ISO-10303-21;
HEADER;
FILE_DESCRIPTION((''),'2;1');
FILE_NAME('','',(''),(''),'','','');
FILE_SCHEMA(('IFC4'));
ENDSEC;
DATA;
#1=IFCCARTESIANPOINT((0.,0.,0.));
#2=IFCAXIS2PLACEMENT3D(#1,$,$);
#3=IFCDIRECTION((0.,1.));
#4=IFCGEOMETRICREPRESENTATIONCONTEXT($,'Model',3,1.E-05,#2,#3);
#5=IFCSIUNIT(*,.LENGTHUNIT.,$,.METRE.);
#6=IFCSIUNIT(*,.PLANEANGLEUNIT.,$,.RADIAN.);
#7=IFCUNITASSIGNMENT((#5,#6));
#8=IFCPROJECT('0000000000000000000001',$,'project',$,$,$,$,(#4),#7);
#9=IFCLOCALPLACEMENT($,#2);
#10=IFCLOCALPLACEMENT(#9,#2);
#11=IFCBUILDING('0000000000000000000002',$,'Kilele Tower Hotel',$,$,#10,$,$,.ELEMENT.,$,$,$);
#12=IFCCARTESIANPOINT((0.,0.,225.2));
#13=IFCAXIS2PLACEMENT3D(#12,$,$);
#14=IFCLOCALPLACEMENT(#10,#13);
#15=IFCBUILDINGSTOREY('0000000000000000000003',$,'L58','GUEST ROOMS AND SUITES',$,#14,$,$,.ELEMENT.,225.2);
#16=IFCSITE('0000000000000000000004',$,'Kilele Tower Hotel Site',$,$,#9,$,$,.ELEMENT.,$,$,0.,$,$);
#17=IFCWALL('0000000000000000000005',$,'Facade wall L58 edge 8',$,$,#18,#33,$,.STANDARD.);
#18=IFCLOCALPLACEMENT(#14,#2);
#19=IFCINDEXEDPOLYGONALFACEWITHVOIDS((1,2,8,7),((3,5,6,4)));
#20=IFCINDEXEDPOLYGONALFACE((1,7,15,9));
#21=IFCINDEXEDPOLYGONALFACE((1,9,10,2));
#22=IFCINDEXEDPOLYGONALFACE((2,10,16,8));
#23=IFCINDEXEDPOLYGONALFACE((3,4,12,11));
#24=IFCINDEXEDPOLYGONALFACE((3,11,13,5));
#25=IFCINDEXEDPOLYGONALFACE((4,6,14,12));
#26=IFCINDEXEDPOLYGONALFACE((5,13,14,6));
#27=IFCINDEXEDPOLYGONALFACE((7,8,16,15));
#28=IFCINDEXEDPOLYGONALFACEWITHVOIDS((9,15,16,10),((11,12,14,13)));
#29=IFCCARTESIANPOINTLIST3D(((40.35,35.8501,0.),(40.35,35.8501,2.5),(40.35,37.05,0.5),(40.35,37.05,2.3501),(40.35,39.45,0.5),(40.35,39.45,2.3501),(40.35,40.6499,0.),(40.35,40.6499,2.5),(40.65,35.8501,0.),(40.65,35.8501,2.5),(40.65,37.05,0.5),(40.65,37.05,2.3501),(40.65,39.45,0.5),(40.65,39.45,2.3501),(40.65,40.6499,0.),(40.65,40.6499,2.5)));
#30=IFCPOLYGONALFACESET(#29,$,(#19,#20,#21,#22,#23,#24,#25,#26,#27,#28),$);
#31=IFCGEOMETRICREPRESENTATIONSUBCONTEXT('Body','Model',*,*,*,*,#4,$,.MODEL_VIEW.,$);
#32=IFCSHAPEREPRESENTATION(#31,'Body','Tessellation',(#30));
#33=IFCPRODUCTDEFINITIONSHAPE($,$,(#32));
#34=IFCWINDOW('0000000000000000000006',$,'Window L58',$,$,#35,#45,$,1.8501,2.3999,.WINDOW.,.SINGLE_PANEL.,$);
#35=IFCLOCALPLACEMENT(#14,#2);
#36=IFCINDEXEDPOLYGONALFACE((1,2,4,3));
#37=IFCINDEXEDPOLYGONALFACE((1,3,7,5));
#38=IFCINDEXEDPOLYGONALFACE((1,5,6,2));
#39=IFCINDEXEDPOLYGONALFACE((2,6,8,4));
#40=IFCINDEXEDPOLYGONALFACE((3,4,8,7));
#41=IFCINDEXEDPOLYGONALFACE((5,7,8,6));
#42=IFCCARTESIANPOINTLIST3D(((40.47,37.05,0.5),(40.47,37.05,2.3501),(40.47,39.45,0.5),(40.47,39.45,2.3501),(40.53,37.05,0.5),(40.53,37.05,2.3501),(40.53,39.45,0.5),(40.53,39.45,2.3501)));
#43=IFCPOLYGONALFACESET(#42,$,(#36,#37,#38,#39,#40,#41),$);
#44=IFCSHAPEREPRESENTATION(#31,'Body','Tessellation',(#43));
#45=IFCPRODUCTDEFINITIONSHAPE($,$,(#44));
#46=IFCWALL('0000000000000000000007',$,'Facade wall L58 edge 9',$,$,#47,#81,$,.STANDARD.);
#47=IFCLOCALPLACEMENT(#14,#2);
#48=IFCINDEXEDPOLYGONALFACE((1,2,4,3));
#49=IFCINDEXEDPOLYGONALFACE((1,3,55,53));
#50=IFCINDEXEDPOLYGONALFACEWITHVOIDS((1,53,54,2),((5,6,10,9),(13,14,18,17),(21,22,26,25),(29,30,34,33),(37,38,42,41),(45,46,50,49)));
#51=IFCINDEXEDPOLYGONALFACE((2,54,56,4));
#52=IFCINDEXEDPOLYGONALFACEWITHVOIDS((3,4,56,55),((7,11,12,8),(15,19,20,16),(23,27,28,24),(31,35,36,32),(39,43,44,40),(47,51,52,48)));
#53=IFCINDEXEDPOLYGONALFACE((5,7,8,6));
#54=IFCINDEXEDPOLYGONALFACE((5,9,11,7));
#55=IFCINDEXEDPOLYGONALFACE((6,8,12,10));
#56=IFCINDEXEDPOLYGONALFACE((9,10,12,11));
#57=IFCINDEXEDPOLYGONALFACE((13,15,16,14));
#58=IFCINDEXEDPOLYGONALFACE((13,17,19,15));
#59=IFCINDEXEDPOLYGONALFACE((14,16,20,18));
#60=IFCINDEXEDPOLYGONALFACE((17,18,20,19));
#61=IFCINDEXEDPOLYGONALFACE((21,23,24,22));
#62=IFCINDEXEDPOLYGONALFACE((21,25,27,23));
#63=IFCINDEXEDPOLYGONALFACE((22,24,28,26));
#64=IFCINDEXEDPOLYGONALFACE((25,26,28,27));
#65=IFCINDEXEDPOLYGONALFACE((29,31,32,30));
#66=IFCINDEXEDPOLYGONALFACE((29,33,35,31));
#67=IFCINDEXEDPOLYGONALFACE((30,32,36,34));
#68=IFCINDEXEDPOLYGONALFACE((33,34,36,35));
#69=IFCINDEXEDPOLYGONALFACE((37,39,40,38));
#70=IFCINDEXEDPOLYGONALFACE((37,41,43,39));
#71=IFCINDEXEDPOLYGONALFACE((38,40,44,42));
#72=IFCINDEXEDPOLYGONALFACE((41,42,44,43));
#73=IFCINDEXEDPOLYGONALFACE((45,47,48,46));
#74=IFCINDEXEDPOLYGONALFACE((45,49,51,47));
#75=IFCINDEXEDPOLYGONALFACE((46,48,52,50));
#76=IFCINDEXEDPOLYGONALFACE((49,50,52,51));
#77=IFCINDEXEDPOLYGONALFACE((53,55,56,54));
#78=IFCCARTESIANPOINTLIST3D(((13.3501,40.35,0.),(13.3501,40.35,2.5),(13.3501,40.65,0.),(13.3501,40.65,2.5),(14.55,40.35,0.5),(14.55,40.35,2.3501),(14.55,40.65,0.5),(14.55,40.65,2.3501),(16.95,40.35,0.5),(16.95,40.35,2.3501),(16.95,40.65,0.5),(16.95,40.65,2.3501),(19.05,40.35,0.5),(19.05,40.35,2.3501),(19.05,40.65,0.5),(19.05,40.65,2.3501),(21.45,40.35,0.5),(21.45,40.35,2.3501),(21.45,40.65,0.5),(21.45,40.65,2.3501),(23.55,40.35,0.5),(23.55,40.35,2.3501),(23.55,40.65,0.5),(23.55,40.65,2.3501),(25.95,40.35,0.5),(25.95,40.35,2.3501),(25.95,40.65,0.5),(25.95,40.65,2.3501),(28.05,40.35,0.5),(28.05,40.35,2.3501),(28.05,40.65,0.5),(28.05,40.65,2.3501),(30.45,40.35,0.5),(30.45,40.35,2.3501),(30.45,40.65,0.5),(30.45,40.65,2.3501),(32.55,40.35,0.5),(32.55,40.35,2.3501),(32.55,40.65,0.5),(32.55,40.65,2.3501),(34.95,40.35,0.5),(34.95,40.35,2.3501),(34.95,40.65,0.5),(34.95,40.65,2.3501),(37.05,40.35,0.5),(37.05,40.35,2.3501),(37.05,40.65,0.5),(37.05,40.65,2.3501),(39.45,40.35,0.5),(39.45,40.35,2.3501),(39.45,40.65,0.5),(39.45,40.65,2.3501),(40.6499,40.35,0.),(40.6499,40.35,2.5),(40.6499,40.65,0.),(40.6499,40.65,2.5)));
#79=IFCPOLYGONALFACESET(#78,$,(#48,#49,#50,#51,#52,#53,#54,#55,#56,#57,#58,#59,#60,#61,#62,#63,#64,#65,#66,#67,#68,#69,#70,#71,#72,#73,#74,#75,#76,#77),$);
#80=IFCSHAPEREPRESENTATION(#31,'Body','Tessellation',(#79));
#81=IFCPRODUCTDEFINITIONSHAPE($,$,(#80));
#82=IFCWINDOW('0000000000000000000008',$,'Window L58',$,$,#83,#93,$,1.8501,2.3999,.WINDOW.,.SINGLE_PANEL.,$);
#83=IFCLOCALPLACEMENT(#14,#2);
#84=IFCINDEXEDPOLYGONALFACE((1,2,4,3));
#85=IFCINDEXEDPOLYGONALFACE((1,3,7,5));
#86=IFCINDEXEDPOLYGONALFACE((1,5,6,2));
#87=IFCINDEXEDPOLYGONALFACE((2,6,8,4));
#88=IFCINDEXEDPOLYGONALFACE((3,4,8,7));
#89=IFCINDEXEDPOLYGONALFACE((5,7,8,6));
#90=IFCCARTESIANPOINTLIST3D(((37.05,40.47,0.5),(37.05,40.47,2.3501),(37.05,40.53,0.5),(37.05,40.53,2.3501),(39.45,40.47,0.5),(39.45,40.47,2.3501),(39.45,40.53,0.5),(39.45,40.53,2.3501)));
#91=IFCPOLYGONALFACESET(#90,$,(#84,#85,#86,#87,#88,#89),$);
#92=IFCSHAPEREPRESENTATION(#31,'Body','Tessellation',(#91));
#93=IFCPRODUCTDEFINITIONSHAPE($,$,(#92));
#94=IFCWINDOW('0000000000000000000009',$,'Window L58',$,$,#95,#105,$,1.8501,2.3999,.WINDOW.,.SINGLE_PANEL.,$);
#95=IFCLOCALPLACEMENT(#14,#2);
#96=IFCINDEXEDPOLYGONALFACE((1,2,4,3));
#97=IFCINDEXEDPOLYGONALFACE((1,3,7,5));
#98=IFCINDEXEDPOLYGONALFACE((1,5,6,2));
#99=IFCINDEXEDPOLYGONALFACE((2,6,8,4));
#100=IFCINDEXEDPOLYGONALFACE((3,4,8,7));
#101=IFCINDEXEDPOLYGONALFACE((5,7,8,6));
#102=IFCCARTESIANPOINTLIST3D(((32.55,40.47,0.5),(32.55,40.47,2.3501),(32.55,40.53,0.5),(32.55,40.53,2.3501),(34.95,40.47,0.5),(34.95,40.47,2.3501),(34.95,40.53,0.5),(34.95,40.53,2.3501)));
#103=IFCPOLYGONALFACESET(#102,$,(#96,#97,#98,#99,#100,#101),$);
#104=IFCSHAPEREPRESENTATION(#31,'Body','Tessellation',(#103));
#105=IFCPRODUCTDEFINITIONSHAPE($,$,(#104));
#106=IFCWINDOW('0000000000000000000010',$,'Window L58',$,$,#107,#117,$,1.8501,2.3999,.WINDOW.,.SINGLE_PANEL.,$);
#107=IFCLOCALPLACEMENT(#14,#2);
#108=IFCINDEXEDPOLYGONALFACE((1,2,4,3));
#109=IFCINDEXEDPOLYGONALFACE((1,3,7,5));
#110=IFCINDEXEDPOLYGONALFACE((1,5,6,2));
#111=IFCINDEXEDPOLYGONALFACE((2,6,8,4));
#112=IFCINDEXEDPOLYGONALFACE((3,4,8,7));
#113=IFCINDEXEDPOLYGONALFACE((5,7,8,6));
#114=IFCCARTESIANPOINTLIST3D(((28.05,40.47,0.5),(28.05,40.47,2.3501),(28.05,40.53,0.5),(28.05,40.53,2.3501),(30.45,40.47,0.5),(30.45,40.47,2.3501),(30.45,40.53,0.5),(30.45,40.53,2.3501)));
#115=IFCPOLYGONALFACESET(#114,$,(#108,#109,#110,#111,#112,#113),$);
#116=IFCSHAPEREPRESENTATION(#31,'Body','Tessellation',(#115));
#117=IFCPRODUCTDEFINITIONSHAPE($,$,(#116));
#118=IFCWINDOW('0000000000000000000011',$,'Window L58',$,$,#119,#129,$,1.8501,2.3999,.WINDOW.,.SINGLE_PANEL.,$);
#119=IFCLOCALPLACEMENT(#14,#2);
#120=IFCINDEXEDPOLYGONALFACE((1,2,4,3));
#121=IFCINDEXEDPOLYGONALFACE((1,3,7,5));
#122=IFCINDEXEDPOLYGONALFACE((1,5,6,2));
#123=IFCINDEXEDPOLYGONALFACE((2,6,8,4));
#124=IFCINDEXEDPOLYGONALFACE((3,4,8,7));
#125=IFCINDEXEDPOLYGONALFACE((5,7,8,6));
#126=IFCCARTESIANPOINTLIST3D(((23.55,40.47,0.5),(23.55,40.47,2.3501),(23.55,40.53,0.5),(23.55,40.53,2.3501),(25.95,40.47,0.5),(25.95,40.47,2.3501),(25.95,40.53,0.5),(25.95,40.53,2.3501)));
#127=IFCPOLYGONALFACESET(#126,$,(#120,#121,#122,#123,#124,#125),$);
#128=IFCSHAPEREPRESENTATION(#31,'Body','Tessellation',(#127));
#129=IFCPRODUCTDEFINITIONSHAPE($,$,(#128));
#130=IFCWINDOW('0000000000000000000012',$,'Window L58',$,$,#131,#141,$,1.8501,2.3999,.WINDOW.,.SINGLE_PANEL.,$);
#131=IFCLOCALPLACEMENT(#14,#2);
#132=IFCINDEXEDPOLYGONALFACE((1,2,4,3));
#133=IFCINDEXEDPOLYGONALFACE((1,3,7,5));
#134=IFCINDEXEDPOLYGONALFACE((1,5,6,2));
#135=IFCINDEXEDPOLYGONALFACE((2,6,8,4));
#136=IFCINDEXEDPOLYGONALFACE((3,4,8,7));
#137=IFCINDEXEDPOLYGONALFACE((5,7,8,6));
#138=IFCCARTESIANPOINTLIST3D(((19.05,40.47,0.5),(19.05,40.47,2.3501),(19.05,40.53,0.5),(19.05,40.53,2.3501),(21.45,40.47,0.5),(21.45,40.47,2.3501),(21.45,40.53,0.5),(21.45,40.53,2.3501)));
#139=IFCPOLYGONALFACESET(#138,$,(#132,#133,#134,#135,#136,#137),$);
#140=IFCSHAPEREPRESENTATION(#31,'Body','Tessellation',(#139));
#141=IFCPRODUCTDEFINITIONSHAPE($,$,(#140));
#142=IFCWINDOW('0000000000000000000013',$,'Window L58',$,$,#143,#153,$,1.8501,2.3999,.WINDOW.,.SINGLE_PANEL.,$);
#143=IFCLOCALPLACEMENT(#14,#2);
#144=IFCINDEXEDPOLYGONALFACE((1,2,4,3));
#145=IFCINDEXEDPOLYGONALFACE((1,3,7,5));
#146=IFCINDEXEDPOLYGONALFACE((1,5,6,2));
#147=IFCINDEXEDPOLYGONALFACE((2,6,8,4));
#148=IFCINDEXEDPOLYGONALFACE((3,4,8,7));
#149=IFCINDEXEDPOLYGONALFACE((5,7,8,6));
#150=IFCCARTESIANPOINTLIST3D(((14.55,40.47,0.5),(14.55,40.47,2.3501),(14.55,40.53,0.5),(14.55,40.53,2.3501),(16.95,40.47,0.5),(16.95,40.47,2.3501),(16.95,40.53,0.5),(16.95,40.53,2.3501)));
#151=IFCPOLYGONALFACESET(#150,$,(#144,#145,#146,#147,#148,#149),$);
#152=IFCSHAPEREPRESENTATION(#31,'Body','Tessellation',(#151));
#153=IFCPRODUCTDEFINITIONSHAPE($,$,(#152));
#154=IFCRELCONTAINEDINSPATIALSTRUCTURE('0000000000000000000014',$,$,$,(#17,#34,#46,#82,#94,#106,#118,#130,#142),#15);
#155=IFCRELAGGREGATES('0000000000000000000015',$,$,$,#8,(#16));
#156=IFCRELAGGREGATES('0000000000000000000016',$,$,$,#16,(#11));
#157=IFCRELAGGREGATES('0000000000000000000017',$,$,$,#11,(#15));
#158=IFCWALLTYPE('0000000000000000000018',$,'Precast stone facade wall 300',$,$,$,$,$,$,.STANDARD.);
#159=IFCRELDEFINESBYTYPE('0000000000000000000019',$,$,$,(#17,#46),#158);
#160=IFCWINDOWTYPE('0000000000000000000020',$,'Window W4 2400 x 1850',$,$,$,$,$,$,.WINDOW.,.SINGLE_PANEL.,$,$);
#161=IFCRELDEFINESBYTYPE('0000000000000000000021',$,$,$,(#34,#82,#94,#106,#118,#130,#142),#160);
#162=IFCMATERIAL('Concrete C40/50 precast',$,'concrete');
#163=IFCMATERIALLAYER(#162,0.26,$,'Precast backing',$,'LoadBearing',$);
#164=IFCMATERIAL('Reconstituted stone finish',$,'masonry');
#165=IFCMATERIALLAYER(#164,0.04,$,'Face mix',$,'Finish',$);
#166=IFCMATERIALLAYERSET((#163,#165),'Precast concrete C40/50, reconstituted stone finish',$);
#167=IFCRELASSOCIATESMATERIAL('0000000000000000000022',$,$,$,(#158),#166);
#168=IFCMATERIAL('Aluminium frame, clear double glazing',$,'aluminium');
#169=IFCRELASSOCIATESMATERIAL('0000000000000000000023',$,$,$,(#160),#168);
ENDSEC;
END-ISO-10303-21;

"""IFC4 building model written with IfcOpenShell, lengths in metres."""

from ifc_helpers import new_model, si_unit, direction, frame, frame_2d, origin, place, context, subcontext, project, spatial, rectangle, extrude, material, layer, layer_set, type_object, element, fill, save


model = new_model("IFC4")

# Units and contexts
model_context = context("Model", 3, precision=1e-05, world=origin(), true_north=direction((0.0, 1.0)))
body_context = subcontext(model_context, "Body", "Model", "MODEL_VIEW")
ifc_project = project(units=[si_unit("LENGTHUNIT", "METRE"), si_unit("PLANEANGLEUNIT", "RADIAN")], contexts=[model_context])

# Site, building, storey
site_placement = place(None, origin())
site = spatial("IfcSite", under=ifc_project, at=site_placement, Name="Kilele Tower Hotel Site", CompositionType="ELEMENT", RefElevation=0.0)
building_placement = place(site_placement, origin())
building = spatial("IfcBuilding", under=site, at=building_placement, Name="Kilele Tower Hotel", CompositionType="ELEMENT")
storey_placement = place(building_placement, frame((0.0, 0.0, 225.2)))
storey = spatial("IfcBuildingStorey", under=building, at=storey_placement, Name="L58", Description="GUEST ROOMS AND SUITES", CompositionType="ELEMENT", Elevation=225.2)

# Wall, opening, window
ifc_material_1 = material(Name="Concrete C40/50 precast", Category="concrete")
ifc_layer_1 = layer(ifc_material_1, 0.26, Name="Precast backing", Category="LoadBearing")
ifc_material_2 = material(Name="Reconstituted stone finish", Category="masonry")
ifc_layer_2 = layer(ifc_material_2, 0.04, Name="Face mix", Category="Finish")
ifc_layer_set_1 = layer_set([ifc_layer_1, ifc_layer_2], Name="Precast concrete C40/50, reconstituted stone finish")
wall_type_1 = type_object("IfcWallType", Name="Precast stone facade wall 300", PredefinedType="STANDARD", material=ifc_layer_set_1)
ifc_material_3 = material(Name="Aluminium frame, clear double glazing", Category="aluminium")
window_type = type_object("IfcWindowType", Name="Window W4 2400 x 1850", PartitioningType="SINGLE_PANEL", PredefinedType="WINDOW", material=ifc_material_3)
wall_1_placement = place(storey_placement, frame((40.5, 35.8501, 0.0), z_axis=(0.0, 0.0, 1.0), x_axis=(0.0, 1.0, 0.0)))
wall_1 = element("IfcWall", 1, at=wall_1_placement, inside=storey, type_object=wall_type_1, Name="Facade wall L58 edge 8", PredefinedType="STANDARD", context=body_context, shape_type="SweptSolid", body=[
    extrude(rectangle(XDim=4.7998, YDim=0.3, at=frame_2d((2.3999, 0.0))), origin(), (0.0, 0.0, 1.0), 2.5),
])
opening_1_placement = place(wall_1_placement, frame((1.2, 0.0, 0.5)))
opening_1 = element("IfcOpeningElement", 2, at=opening_1_placement, cuts=wall_1, PredefinedType="OPENING", context=body_context, shape_type="SweptSolid", body=[
    extrude(rectangle(XDim=2.3999, YDim=1.8501, at=frame_2d((1.2, 0.925))), frame((0.0, 0.1599, 0.0), z_axis=(0.0, -1.0, 0.0), x_axis=(1.0, 0.0, 0.0)), (0.0, 0.0, 1.0), 0.3201),
])
window_1_placement = place(opening_1_placement, origin())
window_1 = element("IfcWindow", 3, at=window_1_placement, inside=storey, type_object=window_type, Name="Window L58", OverallHeight=1.8501, OverallWidth=2.3999, PartitioningType="SINGLE_PANEL", PredefinedType="WINDOW", context=body_context, shape_type="SweptSolid", body=[
    extrude(rectangle(XDim=2.3999, YDim=1.8501, at=frame_2d((1.2, 0.925))), frame((0.0, 0.03, 0.0), z_axis=(0.0, -1.0, 0.0), x_axis=(1.0, 0.0, 0.0)), (0.0, 0.0, 1.0), 0.0601),
])
fill(opening_1, window_1)

# Wall, openings, windows
wall_2_placement = place(storey_placement, frame((40.6499, 40.5, 0.0), z_axis=(0.0, 0.0, 1.0), x_axis=(-1.0, 0.0, 0.0)))
wall_2 = element("IfcWall", 4, at=wall_2_placement, inside=storey, type_object=wall_type_1, Name="Facade wall L58 edge 9", PredefinedType="STANDARD", context=body_context, shape_type="SweptSolid", body=[
    extrude(rectangle(XDim=27.2998, YDim=0.3, at=frame_2d((13.6499, 0.0))), origin(), (0.0, 0.0, 1.0), 2.5),
])
opening_2_placement = place(wall_2_placement, frame((1.2, 0.0, 0.5)))
opening_2 = element("IfcOpeningElement", 5, at=opening_2_placement, cuts=wall_2, PredefinedType="OPENING", context=body_context, shape_type="SweptSolid", body=[
    extrude(rectangle(XDim=2.3999, YDim=1.8501, at=frame_2d((1.2, 0.925))), frame((0.0, 0.1599, 0.0), z_axis=(0.0, -1.0, 0.0), x_axis=(1.0, 0.0, 0.0)), (0.0, 0.0, 1.0), 0.3201),
])
opening_3_placement = place(wall_2_placement, frame((5.7, 0.0, 0.5)))
opening_3 = element("IfcOpeningElement", 6, at=opening_3_placement, cuts=wall_2, PredefinedType="OPENING", context=body_context, shape_type="SweptSolid", body=[
    extrude(rectangle(XDim=2.3999, YDim=1.8501, at=frame_2d((1.2, 0.925))), frame((0.0, 0.1599, 0.0), z_axis=(0.0, -1.0, 0.0), x_axis=(1.0, 0.0, 0.0)), (0.0, 0.0, 1.0), 0.3201),
])
opening_4_placement = place(wall_2_placement, frame((10.2, 0.0, 0.5)))
opening_4 = element("IfcOpeningElement", 7, at=opening_4_placement, cuts=wall_2, PredefinedType="OPENING", context=body_context, shape_type="SweptSolid", body=[
    extrude(rectangle(XDim=2.3999, YDim=1.8501, at=frame_2d((1.2, 0.925))), frame((0.0, 0.1599, 0.0), z_axis=(0.0, -1.0, 0.0), x_axis=(1.0, 0.0, 0.0)), (0.0, 0.0, 1.0), 0.3201),
])
opening_5_placement = place(wall_2_placement, frame((14.7, 0.0, 0.5)))
opening_5 = element("IfcOpeningElement", 8, at=opening_5_placement, cuts=wall_2, PredefinedType="OPENING", context=body_context, shape_type="SweptSolid", body=[
    extrude(rectangle(XDim=2.3999, YDim=1.8501, at=frame_2d((1.2, 0.925))), frame((0.0, 0.1599, 0.0), z_axis=(0.0, -1.0, 0.0), x_axis=(1.0, 0.0, 0.0)), (0.0, 0.0, 1.0), 0.3201),
])
opening_6_placement = place(wall_2_placement, frame((19.2, 0.0, 0.5)))
opening_6 = element("IfcOpeningElement", 9, at=opening_6_placement, cuts=wall_2, PredefinedType="OPENING", context=body_context, shape_type="SweptSolid", body=[
    extrude(rectangle(XDim=2.3999, YDim=1.8501, at=frame_2d((1.2, 0.925))), frame((0.0, 0.1599, 0.0), z_axis=(0.0, -1.0, 0.0), x_axis=(1.0, 0.0, 0.0)), (0.0, 0.0, 1.0), 0.3201),
])
opening_7_placement = place(wall_2_placement, frame((23.7, 0.0, 0.5)))
opening_7 = element("IfcOpeningElement", 10, at=opening_7_placement, cuts=wall_2, PredefinedType="OPENING", context=body_context, shape_type="SweptSolid", body=[
    extrude(rectangle(XDim=2.3999, YDim=1.8501, at=frame_2d((1.2, 0.925))), frame((0.0, 0.1599, 0.0), z_axis=(0.0, -1.0, 0.0), x_axis=(1.0, 0.0, 0.0)), (0.0, 0.0, 1.0), 0.3201),
])
window_2_placement = place(opening_2_placement, origin())
window_2 = element("IfcWindow", 11, at=window_2_placement, inside=storey, type_object=window_type, Name="Window L58", OverallHeight=1.8501, OverallWidth=2.3999, PartitioningType="SINGLE_PANEL", PredefinedType="WINDOW", context=body_context, shape_type="SweptSolid", body=[
    extrude(rectangle(XDim=2.3999, YDim=1.8501, at=frame_2d((1.2, 0.925))), frame((0.0, 0.03, 0.0), z_axis=(0.0, -1.0, 0.0), x_axis=(1.0, 0.0, 0.0)), (0.0, 0.0, 1.0), 0.0601),
])
fill(opening_2, window_2)
window_3_placement = place(opening_3_placement, origin())
window_3 = element("IfcWindow", 12, at=window_3_placement, inside=storey, type_object=window_type, Name="Window L58", OverallHeight=1.8501, OverallWidth=2.3999, PartitioningType="SINGLE_PANEL", PredefinedType="WINDOW", context=body_context, shape_type="SweptSolid", body=[
    extrude(rectangle(XDim=2.3999, YDim=1.8501, at=frame_2d((1.2, 0.925))), frame((0.0, 0.03, 0.0), z_axis=(0.0, -1.0, 0.0), x_axis=(1.0, 0.0, 0.0)), (0.0, 0.0, 1.0), 0.0601),
])
fill(opening_3, window_3)
window_4_placement = place(opening_4_placement, origin())
window_4 = element("IfcWindow", 13, at=window_4_placement, inside=storey, type_object=window_type, Name="Window L58", OverallHeight=1.8501, OverallWidth=2.3999, PartitioningType="SINGLE_PANEL", PredefinedType="WINDOW", context=body_context, shape_type="SweptSolid", body=[
    extrude(rectangle(XDim=2.3999, YDim=1.8501, at=frame_2d((1.2, 0.925))), frame((0.0, 0.03, 0.0), z_axis=(0.0, -1.0, 0.0), x_axis=(1.0, 0.0, 0.0)), (0.0, 0.0, 1.0), 0.0601),
])
fill(opening_4, window_4)
window_5_placement = place(opening_5_placement, origin())
window_5 = element("IfcWindow", 14, at=window_5_placement, inside=storey, type_object=window_type, Name="Window L58", OverallHeight=1.8501, OverallWidth=2.3999, PartitioningType="SINGLE_PANEL", PredefinedType="WINDOW", context=body_context, shape_type="SweptSolid", body=[
    extrude(rectangle(XDim=2.3999, YDim=1.8501, at=frame_2d((1.2, 0.925))), frame((0.0, 0.03, 0.0), z_axis=(0.0, -1.0, 0.0), x_axis=(1.0, 0.0, 0.0)), (0.0, 0.0, 1.0), 0.0601),
])
fill(opening_5, window_5)
window_6_placement = place(opening_6_placement, origin())
window_6 = element("IfcWindow", 15, at=window_6_placement, inside=storey, type_object=window_type, Name="Window L58", OverallHeight=1.8501, OverallWidth=2.3999, PartitioningType="SINGLE_PANEL", PredefinedType="WINDOW", context=body_context, shape_type="SweptSolid", body=[
    extrude(rectangle(XDim=2.3999, YDim=1.8501, at=frame_2d((1.2, 0.925))), frame((0.0, 0.03, 0.0), z_axis=(0.0, -1.0, 0.0), x_axis=(1.0, 0.0, 0.0)), (0.0, 0.0, 1.0), 0.0601),
])
fill(opening_6, window_6)
window_7_placement = place(opening_7_placement, origin())
window_7 = element("IfcWindow", 16, at=window_7_placement, inside=storey, type_object=window_type, Name="Window L58", OverallHeight=1.8501, OverallWidth=2.3999, PartitioningType="SINGLE_PANEL", PredefinedType="WINDOW", context=body_context, shape_type="SweptSolid", body=[
    extrude(rectangle(XDim=2.3999, YDim=1.8501, at=frame_2d((1.2, 0.925))), frame((0.0, 0.03, 0.0), z_axis=(0.0, -1.0, 0.0), x_axis=(1.0, 0.0, 0.0)), (0.0, 0.0, 1.0), 0.0601),
])
fill(opening_7, window_7)

save(model, "model.ifc")
